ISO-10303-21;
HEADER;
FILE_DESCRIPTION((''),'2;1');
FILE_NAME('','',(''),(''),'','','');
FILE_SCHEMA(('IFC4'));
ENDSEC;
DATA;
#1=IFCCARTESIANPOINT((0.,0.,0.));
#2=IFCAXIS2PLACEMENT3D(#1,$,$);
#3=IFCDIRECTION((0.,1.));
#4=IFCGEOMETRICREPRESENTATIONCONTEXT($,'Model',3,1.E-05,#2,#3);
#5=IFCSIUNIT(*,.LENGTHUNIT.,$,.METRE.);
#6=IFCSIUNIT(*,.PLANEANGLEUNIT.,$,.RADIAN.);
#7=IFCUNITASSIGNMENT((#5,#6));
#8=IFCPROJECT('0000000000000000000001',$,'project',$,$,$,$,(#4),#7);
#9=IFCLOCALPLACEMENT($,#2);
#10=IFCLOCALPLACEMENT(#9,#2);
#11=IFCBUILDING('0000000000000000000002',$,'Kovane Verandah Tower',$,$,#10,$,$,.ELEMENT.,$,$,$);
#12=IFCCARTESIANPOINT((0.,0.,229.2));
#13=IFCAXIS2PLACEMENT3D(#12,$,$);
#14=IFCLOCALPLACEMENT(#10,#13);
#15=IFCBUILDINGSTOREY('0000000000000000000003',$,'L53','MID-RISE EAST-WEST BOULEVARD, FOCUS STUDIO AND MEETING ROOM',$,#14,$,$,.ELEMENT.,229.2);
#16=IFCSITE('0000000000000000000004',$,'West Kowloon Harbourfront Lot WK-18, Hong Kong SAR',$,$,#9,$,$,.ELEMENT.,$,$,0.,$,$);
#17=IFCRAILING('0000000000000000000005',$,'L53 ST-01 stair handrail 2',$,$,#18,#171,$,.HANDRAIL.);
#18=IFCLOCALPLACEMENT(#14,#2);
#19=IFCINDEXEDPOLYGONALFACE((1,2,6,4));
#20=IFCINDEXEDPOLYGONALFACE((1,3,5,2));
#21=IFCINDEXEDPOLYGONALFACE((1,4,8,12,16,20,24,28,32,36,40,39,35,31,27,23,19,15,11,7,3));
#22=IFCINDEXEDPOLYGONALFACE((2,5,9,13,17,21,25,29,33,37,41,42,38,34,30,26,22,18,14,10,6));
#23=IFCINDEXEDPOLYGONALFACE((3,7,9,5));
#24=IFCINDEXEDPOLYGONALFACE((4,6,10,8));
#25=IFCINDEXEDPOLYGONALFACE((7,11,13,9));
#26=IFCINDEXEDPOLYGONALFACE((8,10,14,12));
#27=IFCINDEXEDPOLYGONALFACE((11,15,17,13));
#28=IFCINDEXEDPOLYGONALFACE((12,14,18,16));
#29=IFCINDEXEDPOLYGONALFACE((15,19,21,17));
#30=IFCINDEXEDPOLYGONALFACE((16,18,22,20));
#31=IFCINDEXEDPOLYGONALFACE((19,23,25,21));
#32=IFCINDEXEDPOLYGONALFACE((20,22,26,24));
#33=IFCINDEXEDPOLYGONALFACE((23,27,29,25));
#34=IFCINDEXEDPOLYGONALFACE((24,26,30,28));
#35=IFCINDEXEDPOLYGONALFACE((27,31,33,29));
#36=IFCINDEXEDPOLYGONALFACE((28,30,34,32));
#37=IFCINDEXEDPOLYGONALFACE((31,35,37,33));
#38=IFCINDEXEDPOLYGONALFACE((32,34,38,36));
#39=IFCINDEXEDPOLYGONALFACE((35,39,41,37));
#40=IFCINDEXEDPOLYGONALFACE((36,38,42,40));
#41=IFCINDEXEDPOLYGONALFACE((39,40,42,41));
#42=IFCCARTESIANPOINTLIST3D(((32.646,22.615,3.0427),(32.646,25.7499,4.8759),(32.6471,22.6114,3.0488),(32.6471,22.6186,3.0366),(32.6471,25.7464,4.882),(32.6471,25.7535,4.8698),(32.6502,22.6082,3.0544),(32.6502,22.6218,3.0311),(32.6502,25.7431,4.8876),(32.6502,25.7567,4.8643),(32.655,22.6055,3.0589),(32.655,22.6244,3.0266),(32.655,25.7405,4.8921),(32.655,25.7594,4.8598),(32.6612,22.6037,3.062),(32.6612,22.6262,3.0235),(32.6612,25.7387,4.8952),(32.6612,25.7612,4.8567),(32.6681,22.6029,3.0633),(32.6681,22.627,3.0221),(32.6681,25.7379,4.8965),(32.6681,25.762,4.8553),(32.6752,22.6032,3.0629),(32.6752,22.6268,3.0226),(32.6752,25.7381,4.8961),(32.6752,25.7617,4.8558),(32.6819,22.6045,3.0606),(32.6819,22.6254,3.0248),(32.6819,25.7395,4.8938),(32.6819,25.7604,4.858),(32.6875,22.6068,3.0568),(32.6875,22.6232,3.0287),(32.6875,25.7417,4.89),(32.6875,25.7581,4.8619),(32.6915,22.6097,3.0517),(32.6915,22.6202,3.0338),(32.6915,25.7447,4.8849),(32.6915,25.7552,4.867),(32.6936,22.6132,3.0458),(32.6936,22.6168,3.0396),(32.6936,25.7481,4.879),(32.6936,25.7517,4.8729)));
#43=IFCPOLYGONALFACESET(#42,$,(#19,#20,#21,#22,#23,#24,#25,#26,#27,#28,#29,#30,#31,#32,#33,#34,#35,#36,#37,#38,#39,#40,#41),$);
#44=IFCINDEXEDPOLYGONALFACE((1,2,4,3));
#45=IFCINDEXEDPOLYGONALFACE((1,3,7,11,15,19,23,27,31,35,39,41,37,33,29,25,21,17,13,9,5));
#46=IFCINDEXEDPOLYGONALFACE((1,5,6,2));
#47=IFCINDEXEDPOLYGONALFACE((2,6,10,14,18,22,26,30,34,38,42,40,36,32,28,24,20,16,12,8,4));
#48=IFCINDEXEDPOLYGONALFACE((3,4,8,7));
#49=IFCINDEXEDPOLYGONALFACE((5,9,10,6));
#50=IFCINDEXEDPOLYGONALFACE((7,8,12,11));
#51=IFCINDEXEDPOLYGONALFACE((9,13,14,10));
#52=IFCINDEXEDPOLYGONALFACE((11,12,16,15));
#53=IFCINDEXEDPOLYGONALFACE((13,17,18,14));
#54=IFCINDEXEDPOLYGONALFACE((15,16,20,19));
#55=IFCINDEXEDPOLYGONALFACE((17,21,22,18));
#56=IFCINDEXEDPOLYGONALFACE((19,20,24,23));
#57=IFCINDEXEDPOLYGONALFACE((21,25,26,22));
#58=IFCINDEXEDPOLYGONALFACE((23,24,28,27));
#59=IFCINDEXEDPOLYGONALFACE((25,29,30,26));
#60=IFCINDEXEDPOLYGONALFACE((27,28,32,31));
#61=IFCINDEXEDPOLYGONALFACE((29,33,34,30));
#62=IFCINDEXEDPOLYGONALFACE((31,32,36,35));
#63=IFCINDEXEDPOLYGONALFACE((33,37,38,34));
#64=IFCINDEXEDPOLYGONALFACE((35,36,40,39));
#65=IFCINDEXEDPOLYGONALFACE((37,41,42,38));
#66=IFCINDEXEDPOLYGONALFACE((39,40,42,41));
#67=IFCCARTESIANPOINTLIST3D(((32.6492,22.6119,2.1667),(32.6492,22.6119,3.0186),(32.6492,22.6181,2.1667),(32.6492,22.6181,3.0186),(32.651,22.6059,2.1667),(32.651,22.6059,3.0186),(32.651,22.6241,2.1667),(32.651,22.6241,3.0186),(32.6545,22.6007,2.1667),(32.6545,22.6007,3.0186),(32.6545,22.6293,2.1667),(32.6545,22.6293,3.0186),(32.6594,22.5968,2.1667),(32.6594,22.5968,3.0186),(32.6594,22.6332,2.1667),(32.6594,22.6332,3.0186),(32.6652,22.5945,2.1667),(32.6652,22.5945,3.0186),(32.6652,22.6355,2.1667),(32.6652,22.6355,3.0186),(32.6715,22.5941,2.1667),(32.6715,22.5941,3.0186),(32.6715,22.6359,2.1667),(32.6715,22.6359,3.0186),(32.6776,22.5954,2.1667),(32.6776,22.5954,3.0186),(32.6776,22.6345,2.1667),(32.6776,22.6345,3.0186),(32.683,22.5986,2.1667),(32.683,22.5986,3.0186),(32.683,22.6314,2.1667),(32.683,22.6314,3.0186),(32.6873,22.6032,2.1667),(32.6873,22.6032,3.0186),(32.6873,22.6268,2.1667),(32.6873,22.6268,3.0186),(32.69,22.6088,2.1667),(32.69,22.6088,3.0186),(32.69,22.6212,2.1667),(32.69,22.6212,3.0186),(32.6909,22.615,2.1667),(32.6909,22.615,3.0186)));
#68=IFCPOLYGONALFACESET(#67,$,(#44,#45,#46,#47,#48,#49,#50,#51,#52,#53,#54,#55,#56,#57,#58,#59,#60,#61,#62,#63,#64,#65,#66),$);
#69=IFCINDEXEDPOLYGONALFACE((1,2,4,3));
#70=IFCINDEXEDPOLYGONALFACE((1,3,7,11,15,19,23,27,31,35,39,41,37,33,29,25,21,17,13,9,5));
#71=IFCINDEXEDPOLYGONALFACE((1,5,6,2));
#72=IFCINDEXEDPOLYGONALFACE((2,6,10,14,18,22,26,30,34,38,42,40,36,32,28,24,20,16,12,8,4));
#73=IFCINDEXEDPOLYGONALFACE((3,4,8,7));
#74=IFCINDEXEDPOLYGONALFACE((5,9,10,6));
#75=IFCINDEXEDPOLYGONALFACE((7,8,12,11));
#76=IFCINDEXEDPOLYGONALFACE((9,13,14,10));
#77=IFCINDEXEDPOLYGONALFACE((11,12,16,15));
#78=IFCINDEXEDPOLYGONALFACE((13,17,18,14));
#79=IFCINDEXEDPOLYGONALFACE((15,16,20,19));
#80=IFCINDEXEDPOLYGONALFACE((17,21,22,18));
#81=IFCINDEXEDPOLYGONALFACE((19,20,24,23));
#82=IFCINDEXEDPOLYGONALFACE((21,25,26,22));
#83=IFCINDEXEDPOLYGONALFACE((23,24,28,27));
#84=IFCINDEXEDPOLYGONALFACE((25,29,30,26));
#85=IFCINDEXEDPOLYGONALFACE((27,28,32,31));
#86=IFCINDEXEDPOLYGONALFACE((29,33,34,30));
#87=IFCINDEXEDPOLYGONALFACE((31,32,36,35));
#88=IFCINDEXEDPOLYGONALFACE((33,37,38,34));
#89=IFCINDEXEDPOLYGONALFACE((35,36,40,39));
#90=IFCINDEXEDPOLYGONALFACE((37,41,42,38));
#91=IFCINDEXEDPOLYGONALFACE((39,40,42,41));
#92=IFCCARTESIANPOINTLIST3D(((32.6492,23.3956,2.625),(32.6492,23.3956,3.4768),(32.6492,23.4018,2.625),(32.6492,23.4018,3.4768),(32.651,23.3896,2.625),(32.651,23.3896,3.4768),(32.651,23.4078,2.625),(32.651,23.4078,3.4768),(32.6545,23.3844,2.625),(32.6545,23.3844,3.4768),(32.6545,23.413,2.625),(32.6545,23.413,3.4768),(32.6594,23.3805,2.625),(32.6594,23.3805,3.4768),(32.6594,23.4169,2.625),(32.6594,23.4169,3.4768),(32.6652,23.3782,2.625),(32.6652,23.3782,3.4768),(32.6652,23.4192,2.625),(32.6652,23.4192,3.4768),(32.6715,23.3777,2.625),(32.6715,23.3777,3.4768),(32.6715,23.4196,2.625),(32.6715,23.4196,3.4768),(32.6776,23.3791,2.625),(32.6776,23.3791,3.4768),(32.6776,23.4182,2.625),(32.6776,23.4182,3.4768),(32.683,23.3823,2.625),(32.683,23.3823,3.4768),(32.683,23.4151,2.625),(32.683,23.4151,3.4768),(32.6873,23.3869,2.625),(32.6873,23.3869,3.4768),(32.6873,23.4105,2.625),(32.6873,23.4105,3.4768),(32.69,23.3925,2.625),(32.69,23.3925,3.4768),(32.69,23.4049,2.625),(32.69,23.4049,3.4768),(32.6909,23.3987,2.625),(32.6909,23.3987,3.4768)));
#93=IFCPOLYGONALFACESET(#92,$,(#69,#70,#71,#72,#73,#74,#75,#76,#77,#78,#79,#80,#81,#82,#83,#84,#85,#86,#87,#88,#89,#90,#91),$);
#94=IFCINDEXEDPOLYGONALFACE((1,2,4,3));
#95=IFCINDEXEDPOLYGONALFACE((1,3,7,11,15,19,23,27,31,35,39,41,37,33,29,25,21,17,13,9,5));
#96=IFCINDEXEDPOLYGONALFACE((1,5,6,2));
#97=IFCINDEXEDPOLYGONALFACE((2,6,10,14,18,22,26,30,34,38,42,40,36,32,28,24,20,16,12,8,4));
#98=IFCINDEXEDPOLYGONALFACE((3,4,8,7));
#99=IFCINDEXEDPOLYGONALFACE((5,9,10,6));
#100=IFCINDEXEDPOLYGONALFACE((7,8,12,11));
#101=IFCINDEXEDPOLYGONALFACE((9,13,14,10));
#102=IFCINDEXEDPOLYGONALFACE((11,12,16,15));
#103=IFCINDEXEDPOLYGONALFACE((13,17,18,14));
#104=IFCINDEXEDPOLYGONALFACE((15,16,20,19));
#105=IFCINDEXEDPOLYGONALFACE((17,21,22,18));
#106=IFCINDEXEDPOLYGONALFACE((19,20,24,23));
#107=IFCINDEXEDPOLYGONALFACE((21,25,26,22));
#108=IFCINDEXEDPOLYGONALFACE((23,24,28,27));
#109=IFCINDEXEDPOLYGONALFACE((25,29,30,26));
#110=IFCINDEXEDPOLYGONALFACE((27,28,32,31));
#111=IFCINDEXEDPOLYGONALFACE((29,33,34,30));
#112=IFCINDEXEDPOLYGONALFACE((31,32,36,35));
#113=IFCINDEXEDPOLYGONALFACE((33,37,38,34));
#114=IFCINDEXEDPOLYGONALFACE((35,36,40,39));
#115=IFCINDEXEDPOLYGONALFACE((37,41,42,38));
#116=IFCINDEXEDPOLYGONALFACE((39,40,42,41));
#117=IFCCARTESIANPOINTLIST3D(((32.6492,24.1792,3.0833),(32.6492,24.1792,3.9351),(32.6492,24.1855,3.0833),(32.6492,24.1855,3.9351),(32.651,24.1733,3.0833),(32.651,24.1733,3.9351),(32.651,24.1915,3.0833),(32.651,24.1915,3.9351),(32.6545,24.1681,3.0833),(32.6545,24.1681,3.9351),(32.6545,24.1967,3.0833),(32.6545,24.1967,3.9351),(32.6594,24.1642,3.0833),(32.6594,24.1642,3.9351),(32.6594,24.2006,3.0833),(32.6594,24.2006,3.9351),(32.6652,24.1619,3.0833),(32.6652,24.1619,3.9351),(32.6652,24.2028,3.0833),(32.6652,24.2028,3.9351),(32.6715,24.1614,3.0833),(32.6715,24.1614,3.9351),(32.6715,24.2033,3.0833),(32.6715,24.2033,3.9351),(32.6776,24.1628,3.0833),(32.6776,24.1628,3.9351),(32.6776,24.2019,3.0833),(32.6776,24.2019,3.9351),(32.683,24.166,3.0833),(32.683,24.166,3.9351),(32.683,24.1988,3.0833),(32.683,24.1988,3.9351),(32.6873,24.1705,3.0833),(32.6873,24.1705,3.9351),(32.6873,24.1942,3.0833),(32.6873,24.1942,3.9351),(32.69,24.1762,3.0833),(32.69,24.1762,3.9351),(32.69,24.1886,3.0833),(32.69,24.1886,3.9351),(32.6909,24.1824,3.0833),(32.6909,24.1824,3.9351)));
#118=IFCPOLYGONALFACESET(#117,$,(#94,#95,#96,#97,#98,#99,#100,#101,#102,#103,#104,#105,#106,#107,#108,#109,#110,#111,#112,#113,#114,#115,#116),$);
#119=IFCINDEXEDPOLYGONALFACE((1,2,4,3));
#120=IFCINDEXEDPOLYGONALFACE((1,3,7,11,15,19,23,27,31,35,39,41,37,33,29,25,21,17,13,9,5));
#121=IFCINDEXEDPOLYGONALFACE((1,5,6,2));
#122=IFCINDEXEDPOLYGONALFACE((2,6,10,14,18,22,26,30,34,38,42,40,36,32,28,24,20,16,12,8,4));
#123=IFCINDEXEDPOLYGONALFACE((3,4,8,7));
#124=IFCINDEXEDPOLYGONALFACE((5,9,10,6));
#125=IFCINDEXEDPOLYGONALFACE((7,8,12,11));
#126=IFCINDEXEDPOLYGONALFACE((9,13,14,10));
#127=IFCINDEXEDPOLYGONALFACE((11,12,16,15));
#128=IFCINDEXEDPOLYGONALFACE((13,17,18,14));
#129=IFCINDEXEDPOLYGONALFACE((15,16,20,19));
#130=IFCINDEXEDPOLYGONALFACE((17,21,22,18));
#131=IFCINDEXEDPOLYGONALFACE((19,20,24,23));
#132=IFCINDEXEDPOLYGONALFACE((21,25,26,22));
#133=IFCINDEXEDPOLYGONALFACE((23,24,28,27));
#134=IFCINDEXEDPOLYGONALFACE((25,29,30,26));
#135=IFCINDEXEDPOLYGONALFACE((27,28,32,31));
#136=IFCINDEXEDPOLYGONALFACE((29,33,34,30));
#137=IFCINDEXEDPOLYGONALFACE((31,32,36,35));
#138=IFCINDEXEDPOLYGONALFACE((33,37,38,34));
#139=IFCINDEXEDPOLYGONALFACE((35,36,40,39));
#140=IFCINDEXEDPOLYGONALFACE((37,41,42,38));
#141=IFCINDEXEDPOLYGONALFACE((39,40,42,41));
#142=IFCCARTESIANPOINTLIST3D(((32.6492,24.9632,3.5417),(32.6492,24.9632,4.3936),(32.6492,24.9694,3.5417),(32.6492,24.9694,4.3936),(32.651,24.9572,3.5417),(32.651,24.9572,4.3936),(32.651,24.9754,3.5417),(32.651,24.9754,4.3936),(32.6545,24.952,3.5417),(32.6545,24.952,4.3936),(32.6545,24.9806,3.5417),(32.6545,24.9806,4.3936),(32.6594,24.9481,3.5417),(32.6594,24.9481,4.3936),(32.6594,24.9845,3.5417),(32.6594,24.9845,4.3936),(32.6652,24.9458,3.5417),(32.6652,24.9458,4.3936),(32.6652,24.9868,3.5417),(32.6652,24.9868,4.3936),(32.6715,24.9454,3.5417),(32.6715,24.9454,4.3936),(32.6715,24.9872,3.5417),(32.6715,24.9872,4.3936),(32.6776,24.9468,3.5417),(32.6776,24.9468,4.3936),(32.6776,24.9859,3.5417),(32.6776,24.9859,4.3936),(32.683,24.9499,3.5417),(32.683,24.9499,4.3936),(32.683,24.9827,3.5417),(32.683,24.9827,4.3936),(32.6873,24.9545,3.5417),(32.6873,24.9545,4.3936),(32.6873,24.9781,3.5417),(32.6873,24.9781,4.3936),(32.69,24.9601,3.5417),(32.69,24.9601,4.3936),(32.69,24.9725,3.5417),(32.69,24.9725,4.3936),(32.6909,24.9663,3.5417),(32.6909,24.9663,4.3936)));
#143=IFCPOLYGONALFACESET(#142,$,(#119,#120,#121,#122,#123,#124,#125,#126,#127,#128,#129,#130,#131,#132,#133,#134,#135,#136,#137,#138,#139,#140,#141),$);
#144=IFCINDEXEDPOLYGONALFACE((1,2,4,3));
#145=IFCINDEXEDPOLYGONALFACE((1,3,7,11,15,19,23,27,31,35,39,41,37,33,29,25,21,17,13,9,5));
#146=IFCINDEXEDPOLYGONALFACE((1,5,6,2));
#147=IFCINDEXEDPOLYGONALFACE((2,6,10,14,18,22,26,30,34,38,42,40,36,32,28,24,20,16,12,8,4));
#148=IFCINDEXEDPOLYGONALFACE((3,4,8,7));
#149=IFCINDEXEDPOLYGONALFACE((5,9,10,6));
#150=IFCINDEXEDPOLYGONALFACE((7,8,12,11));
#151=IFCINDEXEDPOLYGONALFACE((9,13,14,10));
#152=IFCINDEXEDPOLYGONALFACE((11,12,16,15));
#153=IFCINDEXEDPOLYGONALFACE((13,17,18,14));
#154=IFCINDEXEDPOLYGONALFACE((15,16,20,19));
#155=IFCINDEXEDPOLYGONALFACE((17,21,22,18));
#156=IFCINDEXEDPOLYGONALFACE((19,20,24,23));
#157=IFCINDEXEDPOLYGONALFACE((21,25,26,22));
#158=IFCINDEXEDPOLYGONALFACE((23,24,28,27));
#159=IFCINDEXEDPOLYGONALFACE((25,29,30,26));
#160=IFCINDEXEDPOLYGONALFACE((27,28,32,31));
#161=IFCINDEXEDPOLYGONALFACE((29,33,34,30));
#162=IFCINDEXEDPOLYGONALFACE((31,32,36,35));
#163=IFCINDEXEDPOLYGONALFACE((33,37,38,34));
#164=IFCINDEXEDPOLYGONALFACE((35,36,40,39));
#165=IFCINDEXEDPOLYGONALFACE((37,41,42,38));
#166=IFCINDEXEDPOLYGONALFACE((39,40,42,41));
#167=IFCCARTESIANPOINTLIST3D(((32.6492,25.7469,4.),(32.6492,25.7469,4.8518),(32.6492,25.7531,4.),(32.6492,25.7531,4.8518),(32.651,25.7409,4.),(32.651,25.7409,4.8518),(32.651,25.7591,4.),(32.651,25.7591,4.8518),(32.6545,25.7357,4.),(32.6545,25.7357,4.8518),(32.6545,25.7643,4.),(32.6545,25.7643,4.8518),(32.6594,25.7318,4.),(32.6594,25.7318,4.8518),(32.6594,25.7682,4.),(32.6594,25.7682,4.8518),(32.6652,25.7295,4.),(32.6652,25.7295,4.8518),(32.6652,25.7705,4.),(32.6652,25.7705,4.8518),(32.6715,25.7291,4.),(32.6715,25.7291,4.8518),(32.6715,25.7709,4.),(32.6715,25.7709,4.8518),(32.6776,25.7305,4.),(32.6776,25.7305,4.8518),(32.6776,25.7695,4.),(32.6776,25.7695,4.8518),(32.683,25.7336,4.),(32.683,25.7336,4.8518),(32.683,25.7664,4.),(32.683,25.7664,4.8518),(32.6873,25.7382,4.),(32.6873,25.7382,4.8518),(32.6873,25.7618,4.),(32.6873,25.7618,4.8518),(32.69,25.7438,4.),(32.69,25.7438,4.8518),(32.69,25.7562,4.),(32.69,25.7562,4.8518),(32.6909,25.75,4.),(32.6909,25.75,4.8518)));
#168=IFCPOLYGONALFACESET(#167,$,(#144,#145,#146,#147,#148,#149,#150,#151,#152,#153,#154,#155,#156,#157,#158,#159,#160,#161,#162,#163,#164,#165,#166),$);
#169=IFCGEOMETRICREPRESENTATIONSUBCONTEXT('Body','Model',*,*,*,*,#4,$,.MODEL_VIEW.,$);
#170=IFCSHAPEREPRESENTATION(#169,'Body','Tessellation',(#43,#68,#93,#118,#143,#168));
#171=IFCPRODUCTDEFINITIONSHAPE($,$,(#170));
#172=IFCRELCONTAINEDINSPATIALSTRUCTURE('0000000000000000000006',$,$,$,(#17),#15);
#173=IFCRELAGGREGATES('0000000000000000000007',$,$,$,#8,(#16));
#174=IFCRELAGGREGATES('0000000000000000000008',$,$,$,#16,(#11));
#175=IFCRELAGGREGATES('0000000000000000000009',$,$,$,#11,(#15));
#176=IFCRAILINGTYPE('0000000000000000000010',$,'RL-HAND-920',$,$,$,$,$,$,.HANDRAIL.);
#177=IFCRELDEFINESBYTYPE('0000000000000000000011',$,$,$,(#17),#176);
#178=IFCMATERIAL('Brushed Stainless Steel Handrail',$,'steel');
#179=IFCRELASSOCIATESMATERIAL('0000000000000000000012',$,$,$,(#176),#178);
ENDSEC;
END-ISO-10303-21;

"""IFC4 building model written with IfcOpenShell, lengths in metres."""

from ifc_helpers import new_model, si_unit, direction, frame, origin, origin_2d, place, context, subcontext, project, spatial, circle, extrude, material, type_object, element, save


model = new_model("IFC4")

# Units and contexts
model_context = context("Model", 3, precision=1e-05, world=origin(), true_north=direction((0.0, 1.0)))
body_context = subcontext(model_context, "Body", "Model", "MODEL_VIEW")
ifc_project = project(units=[si_unit("LENGTHUNIT", "METRE"), si_unit("PLANEANGLEUNIT", "RADIAN")], contexts=[model_context])

# Site, building, storey
site_placement = place(None, origin())
site = spatial("IfcSite", under=ifc_project, at=site_placement, Name="West Kowloon Harbourfront Lot WK-18, Hong Kong SAR", CompositionType="ELEMENT", RefElevation=0.0)
building_placement = place(site_placement, origin())
building = spatial("IfcBuilding", under=site, at=building_placement, Name="Kovane Verandah Tower", CompositionType="ELEMENT")
storey_placement = place(building_placement, frame((0.0, 0.0, 229.2)))
storey = spatial("IfcBuildingStorey", under=building, at=storey_placement, Name="L53", Description="MID-RISE EAST-WEST BOULEVARD, FOCUS STUDIO AND MEETING ROOM", CompositionType="ELEMENT", Elevation=229.2)

# Railing
ifc_material_1 = material(Name="Brushed Stainless Steel Handrail", Category="steel")
railing_type_1 = type_object("IfcRailingType", Name="RL-HAND-920", PredefinedType="HANDRAIL", material=ifc_material_1)
railing_1_placement = place(storey_placement, frame((32.6699, 22.615, 2.1667)))
element("IfcRailing", 1, at=railing_1_placement, inside=storey, type_object=railing_type_1, Name="L53 ST-01 stair handrail 2", PredefinedType="HANDRAIL", context=body_context, shape_type="SweptSolid", body=[
    extrude(circle(Radius=0.0239, at=origin_2d()), frame((0.0, 0.0, 0.876), z_axis=(0.0, 0.86324, 0.504794), x_axis=(-1.0, 0.0, 0.0)), (0.0, 0.0, 1.0), 3.6316),
    extrude(circle(Radius=0.021, at=origin_2d()), origin(), (0.0, 0.0, 1.0), 0.8518),
    extrude(circle(Radius=0.021, at=origin_2d()), frame((0.0, 0.7837, 0.4583)), (0.0, 0.0, 1.0), 0.8518),
    extrude(circle(Radius=0.021, at=origin_2d()), frame((0.0, 1.5674, 0.9165)), (0.0, 0.0, 1.0), 0.8518),
    extrude(circle(Radius=0.021, at=origin_2d()), frame((0.0, 2.3513, 1.375)), (0.0, 0.0, 1.0), 0.8518),
    extrude(circle(Radius=0.021, at=origin_2d()), frame((0.0, 3.135, 1.8333)), (0.0, 0.0, 1.0), 0.8518),
])

save(model, "model.ifc")
